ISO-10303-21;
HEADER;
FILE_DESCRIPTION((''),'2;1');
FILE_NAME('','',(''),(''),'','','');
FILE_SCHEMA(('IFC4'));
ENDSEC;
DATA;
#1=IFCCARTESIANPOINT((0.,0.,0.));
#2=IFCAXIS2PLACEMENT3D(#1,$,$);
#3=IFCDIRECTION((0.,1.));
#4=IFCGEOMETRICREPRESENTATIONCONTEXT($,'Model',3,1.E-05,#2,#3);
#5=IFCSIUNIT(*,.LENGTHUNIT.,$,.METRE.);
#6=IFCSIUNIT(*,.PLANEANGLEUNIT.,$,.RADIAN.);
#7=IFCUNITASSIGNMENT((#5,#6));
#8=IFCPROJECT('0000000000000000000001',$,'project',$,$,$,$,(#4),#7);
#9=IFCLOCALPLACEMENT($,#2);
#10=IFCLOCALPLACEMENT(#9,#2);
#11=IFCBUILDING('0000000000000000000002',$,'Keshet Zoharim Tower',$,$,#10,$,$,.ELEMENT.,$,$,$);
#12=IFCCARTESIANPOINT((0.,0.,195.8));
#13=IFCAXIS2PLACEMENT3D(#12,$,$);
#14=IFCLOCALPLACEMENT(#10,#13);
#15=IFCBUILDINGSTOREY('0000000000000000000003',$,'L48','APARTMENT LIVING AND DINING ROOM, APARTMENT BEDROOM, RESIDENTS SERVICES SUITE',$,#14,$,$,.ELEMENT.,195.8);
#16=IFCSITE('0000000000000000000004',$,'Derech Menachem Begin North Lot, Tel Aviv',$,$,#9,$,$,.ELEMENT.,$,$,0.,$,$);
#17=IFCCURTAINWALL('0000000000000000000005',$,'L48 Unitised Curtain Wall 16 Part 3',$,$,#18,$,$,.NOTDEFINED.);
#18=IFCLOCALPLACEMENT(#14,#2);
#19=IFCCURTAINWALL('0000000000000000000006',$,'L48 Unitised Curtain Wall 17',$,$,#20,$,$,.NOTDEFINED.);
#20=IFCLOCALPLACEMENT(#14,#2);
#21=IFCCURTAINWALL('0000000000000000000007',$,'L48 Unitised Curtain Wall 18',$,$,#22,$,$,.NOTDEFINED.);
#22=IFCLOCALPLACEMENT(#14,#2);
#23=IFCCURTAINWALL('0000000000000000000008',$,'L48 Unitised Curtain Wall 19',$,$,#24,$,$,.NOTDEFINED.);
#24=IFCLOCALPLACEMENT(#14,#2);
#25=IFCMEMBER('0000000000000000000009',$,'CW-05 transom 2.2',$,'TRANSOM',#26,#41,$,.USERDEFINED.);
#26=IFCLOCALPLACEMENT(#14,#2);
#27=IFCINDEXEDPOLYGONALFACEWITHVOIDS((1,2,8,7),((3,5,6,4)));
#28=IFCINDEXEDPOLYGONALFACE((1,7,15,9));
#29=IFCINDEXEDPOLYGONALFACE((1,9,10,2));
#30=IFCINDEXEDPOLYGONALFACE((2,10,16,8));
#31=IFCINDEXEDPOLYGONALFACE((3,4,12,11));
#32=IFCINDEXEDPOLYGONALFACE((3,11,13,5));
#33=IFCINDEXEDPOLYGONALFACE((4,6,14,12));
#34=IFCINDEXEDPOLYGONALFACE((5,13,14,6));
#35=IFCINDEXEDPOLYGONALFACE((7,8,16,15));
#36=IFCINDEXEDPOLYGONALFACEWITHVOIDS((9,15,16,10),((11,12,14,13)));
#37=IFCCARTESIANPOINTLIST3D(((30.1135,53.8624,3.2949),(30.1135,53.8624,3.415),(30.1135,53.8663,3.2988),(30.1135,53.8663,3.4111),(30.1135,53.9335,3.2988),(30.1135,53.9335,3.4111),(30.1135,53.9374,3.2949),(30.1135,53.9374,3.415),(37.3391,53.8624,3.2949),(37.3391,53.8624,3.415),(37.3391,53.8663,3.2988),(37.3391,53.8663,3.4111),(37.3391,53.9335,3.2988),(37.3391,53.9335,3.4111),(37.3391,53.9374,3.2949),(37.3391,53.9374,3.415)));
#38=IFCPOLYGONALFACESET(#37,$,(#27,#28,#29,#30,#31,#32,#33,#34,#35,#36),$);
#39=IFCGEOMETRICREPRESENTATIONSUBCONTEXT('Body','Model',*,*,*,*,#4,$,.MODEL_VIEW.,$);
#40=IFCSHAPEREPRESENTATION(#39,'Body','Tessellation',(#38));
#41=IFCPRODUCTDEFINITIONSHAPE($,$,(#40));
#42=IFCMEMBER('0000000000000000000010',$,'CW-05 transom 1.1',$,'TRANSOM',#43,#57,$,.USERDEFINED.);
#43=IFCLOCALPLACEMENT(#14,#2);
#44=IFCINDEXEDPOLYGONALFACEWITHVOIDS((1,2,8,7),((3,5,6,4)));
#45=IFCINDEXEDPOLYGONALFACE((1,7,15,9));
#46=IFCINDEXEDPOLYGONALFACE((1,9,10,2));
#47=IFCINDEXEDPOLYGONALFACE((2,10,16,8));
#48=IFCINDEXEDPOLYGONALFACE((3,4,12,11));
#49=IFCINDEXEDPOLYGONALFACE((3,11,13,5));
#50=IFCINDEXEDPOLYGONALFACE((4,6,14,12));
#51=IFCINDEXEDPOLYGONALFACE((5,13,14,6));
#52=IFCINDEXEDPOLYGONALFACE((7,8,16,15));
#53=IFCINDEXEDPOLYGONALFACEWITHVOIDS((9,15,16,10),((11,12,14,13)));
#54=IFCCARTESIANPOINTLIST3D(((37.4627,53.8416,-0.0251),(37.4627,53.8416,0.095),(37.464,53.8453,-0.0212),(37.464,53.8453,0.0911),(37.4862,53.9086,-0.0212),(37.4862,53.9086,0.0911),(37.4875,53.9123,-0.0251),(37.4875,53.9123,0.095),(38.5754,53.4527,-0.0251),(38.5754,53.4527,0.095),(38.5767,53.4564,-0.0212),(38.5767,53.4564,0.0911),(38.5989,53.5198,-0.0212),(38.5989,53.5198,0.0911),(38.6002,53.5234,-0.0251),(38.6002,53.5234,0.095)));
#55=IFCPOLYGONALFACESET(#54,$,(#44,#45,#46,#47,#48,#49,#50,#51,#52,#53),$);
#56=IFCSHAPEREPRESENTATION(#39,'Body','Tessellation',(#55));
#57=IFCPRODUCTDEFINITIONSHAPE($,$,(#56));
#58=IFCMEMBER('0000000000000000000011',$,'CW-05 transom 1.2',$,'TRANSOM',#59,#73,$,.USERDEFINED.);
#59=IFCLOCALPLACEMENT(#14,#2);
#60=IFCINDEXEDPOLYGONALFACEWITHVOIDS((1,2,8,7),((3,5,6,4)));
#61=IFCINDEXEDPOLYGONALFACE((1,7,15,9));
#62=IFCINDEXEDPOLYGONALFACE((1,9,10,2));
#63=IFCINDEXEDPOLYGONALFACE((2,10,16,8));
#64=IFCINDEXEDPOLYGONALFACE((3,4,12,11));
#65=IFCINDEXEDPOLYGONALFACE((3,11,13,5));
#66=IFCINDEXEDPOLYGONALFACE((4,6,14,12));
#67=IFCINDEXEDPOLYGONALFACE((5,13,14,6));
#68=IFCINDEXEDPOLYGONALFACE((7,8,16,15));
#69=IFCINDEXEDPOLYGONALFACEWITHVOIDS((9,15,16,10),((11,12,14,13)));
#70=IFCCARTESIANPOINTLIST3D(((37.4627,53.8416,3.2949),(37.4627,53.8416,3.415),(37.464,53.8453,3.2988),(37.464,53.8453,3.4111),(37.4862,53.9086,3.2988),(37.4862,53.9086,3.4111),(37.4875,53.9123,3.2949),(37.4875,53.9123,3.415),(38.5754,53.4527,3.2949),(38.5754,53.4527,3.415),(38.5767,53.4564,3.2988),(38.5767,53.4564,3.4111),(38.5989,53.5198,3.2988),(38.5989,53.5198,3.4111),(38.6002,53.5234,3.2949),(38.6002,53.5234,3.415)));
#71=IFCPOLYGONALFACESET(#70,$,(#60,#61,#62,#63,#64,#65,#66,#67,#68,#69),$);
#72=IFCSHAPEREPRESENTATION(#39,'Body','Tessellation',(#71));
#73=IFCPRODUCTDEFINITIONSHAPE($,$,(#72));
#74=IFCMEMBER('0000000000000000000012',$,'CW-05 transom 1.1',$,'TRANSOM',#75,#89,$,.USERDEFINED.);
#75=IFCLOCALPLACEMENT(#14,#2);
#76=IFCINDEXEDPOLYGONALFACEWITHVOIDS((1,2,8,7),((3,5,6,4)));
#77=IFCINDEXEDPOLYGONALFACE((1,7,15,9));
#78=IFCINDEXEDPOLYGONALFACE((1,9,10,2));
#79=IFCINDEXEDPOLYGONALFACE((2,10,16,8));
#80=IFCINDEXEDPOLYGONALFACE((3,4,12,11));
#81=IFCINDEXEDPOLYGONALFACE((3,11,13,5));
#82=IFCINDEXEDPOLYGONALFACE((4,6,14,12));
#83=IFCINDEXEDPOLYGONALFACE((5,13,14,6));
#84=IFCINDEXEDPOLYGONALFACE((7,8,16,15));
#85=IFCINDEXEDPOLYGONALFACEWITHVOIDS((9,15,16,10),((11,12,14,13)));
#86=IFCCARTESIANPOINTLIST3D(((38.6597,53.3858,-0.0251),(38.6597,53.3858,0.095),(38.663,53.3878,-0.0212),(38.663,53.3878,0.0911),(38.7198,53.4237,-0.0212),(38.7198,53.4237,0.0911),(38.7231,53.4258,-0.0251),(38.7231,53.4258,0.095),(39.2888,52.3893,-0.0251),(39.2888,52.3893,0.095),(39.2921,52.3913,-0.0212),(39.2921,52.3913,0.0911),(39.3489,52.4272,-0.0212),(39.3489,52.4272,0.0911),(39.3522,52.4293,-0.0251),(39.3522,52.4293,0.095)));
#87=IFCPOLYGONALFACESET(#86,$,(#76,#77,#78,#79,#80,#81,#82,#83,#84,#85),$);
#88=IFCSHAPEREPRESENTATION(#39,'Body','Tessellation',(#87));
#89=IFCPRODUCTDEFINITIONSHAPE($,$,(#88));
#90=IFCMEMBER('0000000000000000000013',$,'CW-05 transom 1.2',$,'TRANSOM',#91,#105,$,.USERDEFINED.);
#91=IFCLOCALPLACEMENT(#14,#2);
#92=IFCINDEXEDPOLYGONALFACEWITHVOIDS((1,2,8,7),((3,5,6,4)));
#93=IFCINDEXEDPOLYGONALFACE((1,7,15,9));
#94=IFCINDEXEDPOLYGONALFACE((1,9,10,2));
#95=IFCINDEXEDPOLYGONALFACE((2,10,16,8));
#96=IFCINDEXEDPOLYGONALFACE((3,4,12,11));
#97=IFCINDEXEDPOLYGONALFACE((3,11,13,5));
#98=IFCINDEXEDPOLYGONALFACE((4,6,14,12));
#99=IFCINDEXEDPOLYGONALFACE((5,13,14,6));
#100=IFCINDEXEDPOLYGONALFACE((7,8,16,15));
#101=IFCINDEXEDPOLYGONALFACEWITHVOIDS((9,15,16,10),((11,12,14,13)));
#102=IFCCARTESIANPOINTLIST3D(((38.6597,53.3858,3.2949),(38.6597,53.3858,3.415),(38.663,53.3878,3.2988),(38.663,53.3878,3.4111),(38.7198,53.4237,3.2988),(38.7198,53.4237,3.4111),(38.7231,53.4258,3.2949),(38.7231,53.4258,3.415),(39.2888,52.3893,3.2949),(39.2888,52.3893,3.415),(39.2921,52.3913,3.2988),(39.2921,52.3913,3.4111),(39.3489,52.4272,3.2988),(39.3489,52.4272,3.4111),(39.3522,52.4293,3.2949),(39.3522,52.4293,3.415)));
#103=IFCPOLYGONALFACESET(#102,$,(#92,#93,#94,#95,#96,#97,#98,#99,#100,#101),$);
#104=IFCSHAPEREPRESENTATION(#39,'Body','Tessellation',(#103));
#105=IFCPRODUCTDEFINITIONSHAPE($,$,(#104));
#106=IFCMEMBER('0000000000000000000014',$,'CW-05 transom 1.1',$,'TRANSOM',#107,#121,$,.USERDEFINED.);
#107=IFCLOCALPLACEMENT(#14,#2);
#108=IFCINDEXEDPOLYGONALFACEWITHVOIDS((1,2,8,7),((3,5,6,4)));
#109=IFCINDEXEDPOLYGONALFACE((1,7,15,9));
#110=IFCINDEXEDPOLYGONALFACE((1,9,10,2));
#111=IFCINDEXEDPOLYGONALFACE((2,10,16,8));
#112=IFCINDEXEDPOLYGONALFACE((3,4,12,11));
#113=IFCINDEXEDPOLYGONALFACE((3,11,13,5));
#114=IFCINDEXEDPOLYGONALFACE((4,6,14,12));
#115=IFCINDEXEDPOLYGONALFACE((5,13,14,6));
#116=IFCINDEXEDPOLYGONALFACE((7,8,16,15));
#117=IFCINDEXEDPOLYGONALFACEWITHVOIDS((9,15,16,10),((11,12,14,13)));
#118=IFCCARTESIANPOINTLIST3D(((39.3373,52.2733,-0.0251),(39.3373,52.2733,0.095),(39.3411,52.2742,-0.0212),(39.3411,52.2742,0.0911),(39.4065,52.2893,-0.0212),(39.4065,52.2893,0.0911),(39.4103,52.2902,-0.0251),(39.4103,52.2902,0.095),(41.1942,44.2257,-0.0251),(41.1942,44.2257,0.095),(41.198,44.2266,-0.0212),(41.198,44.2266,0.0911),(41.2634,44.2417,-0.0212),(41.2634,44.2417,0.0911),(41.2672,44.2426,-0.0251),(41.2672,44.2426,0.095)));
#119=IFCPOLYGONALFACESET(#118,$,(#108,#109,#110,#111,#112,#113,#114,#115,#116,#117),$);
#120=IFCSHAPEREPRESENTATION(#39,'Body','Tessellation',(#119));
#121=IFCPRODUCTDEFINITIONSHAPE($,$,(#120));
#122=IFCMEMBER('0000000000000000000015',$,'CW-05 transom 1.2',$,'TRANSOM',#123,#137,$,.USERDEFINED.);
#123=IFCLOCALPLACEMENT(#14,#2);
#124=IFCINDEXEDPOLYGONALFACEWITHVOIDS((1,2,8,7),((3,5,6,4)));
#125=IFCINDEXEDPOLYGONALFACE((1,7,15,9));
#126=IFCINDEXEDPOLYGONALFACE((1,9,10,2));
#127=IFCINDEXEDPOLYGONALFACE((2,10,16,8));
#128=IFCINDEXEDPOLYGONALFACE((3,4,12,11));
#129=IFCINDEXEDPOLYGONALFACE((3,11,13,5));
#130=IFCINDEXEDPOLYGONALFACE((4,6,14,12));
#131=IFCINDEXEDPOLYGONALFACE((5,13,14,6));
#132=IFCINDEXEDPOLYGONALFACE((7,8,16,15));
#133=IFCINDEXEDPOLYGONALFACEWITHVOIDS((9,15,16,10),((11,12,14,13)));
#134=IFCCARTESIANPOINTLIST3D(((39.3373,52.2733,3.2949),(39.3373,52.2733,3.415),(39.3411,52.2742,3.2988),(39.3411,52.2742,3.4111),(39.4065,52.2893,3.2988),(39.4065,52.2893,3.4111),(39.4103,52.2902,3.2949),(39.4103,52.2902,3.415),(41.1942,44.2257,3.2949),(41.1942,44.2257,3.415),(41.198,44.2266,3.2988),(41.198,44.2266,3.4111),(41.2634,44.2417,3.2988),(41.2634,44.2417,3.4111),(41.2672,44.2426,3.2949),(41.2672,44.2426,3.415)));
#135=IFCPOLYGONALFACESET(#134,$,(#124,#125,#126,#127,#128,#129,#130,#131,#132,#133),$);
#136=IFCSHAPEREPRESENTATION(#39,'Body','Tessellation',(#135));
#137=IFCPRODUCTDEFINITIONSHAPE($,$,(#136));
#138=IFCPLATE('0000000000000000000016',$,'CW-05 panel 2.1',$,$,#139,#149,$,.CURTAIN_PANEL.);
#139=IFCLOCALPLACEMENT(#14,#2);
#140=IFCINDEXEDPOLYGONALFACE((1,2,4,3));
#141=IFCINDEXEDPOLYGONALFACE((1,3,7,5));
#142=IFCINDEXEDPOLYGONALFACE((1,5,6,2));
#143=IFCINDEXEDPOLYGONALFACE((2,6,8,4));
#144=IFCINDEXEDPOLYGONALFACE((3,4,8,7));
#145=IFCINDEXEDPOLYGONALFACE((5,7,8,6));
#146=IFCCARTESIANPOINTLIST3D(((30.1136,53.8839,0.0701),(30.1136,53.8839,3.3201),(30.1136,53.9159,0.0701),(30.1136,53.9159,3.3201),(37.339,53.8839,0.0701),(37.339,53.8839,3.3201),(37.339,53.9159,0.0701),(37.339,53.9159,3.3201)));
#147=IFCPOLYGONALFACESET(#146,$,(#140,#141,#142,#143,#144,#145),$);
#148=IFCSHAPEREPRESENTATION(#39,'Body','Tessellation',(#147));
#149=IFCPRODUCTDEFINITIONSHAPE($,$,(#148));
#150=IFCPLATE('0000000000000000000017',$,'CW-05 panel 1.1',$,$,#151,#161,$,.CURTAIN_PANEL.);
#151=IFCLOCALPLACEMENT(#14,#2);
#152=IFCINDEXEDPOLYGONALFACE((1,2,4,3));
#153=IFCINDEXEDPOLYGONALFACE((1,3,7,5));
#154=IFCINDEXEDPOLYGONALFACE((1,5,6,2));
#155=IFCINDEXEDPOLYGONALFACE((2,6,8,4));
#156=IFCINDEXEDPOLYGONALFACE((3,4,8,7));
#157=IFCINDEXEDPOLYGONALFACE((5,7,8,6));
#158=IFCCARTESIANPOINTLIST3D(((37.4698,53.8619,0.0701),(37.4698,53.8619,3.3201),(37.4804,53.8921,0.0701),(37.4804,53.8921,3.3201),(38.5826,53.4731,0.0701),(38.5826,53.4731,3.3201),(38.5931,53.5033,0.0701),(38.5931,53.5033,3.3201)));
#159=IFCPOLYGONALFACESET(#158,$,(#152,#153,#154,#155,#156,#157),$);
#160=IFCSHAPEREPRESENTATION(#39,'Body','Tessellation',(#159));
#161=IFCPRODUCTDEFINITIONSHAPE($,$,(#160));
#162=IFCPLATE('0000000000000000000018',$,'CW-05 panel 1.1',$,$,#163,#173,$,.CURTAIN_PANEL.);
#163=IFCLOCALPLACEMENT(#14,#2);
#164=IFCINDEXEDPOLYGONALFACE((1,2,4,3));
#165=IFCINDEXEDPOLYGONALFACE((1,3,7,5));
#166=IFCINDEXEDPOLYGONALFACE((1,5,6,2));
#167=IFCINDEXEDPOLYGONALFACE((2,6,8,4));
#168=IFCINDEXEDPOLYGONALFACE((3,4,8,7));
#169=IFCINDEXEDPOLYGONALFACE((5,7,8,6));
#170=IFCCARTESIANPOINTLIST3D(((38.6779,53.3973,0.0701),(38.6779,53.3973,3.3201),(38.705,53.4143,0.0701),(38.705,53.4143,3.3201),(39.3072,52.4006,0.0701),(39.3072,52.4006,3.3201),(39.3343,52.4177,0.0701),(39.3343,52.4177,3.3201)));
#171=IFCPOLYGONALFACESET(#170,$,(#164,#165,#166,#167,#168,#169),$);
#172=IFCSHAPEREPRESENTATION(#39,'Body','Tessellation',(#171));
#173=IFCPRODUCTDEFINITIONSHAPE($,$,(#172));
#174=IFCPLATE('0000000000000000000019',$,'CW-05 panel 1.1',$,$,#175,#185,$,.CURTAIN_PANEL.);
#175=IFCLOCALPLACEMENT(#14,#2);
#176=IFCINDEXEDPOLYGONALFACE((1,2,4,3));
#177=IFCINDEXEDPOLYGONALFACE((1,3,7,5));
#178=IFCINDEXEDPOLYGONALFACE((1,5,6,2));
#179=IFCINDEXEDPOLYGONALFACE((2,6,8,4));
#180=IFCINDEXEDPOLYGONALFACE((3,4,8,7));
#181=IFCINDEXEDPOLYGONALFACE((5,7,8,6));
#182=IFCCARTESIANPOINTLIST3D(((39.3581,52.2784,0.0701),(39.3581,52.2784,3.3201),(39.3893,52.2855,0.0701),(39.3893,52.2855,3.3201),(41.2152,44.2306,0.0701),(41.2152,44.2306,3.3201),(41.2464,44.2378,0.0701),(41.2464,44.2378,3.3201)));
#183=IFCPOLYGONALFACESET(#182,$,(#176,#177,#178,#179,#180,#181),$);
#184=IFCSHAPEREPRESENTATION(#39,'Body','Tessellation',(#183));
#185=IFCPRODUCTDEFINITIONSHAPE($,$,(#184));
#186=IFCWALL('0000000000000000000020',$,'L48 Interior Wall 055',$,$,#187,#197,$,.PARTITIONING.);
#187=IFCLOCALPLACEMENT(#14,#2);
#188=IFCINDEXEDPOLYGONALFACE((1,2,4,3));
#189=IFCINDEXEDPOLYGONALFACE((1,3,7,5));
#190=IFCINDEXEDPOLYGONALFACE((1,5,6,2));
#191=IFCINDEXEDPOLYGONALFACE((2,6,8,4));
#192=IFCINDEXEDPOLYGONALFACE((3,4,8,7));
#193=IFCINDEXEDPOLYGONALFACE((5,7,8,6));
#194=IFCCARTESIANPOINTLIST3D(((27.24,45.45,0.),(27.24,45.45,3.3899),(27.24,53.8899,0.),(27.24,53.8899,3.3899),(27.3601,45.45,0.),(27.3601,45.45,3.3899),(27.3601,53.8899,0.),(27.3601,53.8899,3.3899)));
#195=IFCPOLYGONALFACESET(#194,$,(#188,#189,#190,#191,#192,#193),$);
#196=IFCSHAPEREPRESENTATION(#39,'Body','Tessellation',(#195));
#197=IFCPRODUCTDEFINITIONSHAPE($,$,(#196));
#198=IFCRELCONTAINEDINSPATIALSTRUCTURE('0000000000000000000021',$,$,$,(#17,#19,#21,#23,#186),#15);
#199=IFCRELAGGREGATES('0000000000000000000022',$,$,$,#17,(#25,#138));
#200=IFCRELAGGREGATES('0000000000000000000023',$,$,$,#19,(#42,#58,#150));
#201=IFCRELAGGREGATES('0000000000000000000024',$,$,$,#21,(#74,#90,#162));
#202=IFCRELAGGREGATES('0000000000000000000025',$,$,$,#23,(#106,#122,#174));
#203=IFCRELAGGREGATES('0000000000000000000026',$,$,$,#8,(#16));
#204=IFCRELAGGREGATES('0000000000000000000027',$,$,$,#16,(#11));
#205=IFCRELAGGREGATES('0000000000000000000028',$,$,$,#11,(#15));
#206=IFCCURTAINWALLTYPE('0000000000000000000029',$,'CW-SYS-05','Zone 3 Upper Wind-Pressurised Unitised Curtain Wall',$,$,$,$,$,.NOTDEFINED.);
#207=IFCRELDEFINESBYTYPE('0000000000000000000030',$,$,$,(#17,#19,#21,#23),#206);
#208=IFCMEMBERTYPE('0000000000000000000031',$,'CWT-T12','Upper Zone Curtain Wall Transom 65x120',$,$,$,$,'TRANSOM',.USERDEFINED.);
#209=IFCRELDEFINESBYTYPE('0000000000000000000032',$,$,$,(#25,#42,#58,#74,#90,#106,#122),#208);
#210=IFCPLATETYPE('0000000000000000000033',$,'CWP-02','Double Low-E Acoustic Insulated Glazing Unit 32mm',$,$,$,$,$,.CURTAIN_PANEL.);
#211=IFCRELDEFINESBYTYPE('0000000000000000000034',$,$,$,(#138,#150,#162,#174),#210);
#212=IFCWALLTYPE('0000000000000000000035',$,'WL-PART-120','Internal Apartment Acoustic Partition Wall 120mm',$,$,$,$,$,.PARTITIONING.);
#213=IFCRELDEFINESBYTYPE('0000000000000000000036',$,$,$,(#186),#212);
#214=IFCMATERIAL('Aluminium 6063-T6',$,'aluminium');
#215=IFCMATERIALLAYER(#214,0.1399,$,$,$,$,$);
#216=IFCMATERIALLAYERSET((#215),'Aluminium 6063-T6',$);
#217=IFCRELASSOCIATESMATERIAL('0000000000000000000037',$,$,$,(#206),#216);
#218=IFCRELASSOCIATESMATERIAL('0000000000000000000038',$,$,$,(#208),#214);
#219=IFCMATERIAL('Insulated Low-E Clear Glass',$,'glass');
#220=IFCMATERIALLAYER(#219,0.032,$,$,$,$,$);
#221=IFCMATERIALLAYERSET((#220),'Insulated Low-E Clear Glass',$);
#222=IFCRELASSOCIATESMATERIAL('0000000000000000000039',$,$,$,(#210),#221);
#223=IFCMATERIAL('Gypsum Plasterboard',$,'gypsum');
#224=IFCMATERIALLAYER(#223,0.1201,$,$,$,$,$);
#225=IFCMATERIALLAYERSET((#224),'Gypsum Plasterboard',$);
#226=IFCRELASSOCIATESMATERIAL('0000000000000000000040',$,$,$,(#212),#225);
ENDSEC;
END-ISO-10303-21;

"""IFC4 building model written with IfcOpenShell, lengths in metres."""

from ifc_helpers import new_model, si_unit, direction, frame, frame_2d, origin, origin_2d, place, context, subcontext, project, spatial, rectangle, hollow_rectangle, extrude, material, layer, layer_set, material_profile, profile_set, type_object, element, aggregate, save


model = new_model("IFC4")

# Units and contexts
model_context = context("Model", 3, precision=1e-05, world=origin(), true_north=direction((0.0, 1.0)))
body_context = subcontext(model_context, "Body", "Model", "MODEL_VIEW")
ifc_project = project(units=[si_unit("LENGTHUNIT", "METRE"), si_unit("PLANEANGLEUNIT", "RADIAN")], contexts=[model_context])

# Site, building, storey
site_placement = place(None, origin())
site = spatial("IfcSite", under=ifc_project, at=site_placement, Name="Derech Menachem Begin North Lot, Tel Aviv", CompositionType="ELEMENT", RefElevation=0.0)
building_placement = place(site_placement, origin())
building = spatial("IfcBuilding", under=site, at=building_placement, Name="Keshet Zoharim Tower", CompositionType="ELEMENT")
storey_placement = place(building_placement, frame((0.0, 0.0, 195.8)))
storey = spatial("IfcBuildingStorey", under=building, at=storey_placement, Name="L48", Description="APARTMENT LIVING AND DINING ROOM, APARTMENT BEDROOM, RESIDENTS SERVICES SUITE", CompositionType="ELEMENT", Elevation=195.8)

# Curtain walls
ifc_material_1 = material(Name="Aluminium 6063-T6", Category="aluminium")
ifc_layer_1 = layer(ifc_material_1, 0.1399)
ifc_layer_set_1 = layer_set([ifc_layer_1], Name="Aluminium 6063-T6")
curtain_wall_type = type_object("IfcCurtainWallType", Name="CW-SYS-05", Description="Zone 3 Upper Wind-Pressurised Unitised Curtain Wall", PredefinedType="NOTDEFINED", material=ifc_layer_set_1)
curtain_wall_1_placement = place(storey_placement, origin())
curtain_wall_1 = element("IfcCurtainWall", 1, at=curtain_wall_1_placement, inside=storey, type_object=curtain_wall_type, Name="L48 Unitised Curtain Wall 16 Part 3", PredefinedType="NOTDEFINED")
curtain_wall_2_placement = place(storey_placement, origin())
curtain_wall_2 = element("IfcCurtainWall", 2, at=curtain_wall_2_placement, inside=storey, type_object=curtain_wall_type, Name="L48 Unitised Curtain Wall 17", PredefinedType="NOTDEFINED")
curtain_wall_3_placement = place(storey_placement, origin())
curtain_wall_3 = element("IfcCurtainWall", 3, at=curtain_wall_3_placement, inside=storey, type_object=curtain_wall_type, Name="L48 Unitised Curtain Wall 18", PredefinedType="NOTDEFINED")

# Curtain wall
curtain_wall_4_placement = place(storey_placement, origin())
curtain_wall_4 = element("IfcCurtainWall", 4, at=curtain_wall_4_placement, inside=storey, type_object=curtain_wall_type, Name="L48 Unitised Curtain Wall 19", PredefinedType="NOTDEFINED")

# Members
ifc_material_profile_1 = material_profile(ifc_material_1, hollow_rectangle(XDim=0.075, YDim=0.1201, WallThickness=0.0039, at=origin_2d()), Name="TRN-75x120")
ifc_profile_set_1 = profile_set([ifc_material_profile_1], Name="Aluminium 6063-T6")
member_type_1 = type_object("IfcMemberType", Name="CWT-T12", Description="Upper Zone Curtain Wall Transom 65x120", ElementType="TRANSOM", PredefinedType="USERDEFINED", material=ifc_profile_set_1)
member_1_placement = place(storey_placement, frame((30.1135, 53.8999, 3.355), z_axis=(1.0, 0.0, 0.0), x_axis=(0.0, 1.0, 0.0)))
member_1 = element("IfcMember", 5, at=member_1_placement, type_object=member_type_1, Name="CW-05 transom 2.2", ObjectType="TRANSOM", PredefinedType="USERDEFINED", context=body_context, shape_type="SweptSolid", body=[
    extrude(hollow_rectangle(XDim=0.075, YDim=0.1201, WallThickness=0.0039, at=origin_2d()), origin(), (0.0, 0.0, 1.0), 7.2256),
])
member_2_placement = place(storey_placement, frame((37.4751, 53.877, 0.0349), z_axis=(0.944007, -0.329926, 0.0), x_axis=(0.329926, 0.944007, 0.0)))
member_2 = element("IfcMember", 6, at=member_2_placement, type_object=member_type_1, Name="CW-05 transom 1.1", ObjectType="TRANSOM", PredefinedType="USERDEFINED", context=body_context, shape_type="SweptSolid", body=[
    extrude(hollow_rectangle(XDim=0.075, YDim=0.1201, WallThickness=0.0039, at=origin_2d()), origin(), (0.0, 0.0, 1.0), 1.1787),
])
member_3_placement = place(storey_placement, frame((37.4751, 53.877, 3.355), z_axis=(0.944007, -0.329926, 0.0), x_axis=(0.329926, 0.944007, 0.0)))
member_3 = element("IfcMember", 7, at=member_3_placement, type_object=member_type_1, Name="CW-05 transom 1.2", ObjectType="TRANSOM", PredefinedType="USERDEFINED", context=body_context, shape_type="SweptSolid", body=[
    extrude(hollow_rectangle(XDim=0.075, YDim=0.1201, WallThickness=0.0039, at=origin_2d()), origin(), (0.0, 0.0, 1.0), 1.1787),
])
member_4_placement = place(storey_placement, frame((38.6914, 53.4058, 0.0349), z_axis=(0.533829, -0.845592, 0.0), x_axis=(0.845592, 0.533829, 0.0)))
member_4 = element("IfcMember", 8, at=member_4_placement, type_object=member_type_1, Name="CW-05 transom 1.1", ObjectType="TRANSOM", PredefinedType="USERDEFINED", context=body_context, shape_type="SweptSolid", body=[
    extrude(hollow_rectangle(XDim=0.075, YDim=0.1201, WallThickness=0.0039, at=origin_2d()), origin(), (0.0, 0.0, 1.0), 1.1785),
])
member_5_placement = place(storey_placement, frame((38.6914, 53.4058, 3.355), z_axis=(0.533829, -0.845592, 0.0), x_axis=(0.845592, 0.533829, 0.0)))
member_5 = element("IfcMember", 9, at=member_5_placement, type_object=member_type_1, Name="CW-05 transom 1.2", ObjectType="TRANSOM", PredefinedType="USERDEFINED", context=body_context, shape_type="SweptSolid", body=[
    extrude(hollow_rectangle(XDim=0.075, YDim=0.1201, WallThickness=0.0039, at=origin_2d()), origin(), (0.0, 0.0, 1.0), 1.1785),
])
member_6_placement = place(storey_placement, frame((39.3738, 52.2817, 0.0349), z_axis=(0.224836, -0.974397, 0.0), x_axis=(0.974397, 0.224836, 0.0)))
member_6 = element("IfcMember", 10, at=member_6_placement, type_object=member_type_1, Name="CW-05 transom 1.1", ObjectType="TRANSOM", PredefinedType="USERDEFINED", context=body_context, shape_type="SweptSolid", body=[
    extrude(hollow_rectangle(XDim=0.075, YDim=0.1201, WallThickness=0.0039, at=origin_2d()), origin(), (0.0, 0.0, 1.0), 8.259),
])
member_7_placement = place(storey_placement, frame((39.3738, 52.2817, 3.355), z_axis=(0.224836, -0.974397, 0.0), x_axis=(0.974397, 0.224836, 0.0)))
member_7 = element("IfcMember", 11, at=member_7_placement, type_object=member_type_1, Name="CW-05 transom 1.2", ObjectType="TRANSOM", PredefinedType="USERDEFINED", context=body_context, shape_type="SweptSolid", body=[
    extrude(hollow_rectangle(XDim=0.075, YDim=0.1201, WallThickness=0.0039, at=origin_2d()), origin(), (0.0, 0.0, 1.0), 8.259),
])

# Plates
ifc_material_2 = material(Name="Insulated Low-E Clear Glass", Category="glass")
ifc_layer_2 = layer(ifc_material_2, 0.032)
ifc_layer_set_2 = layer_set([ifc_layer_2], Name="Insulated Low-E Clear Glass")
plate_type = type_object("IfcPlateType", Name="CWP-02", Description="Double Low-E Acoustic Insulated Glazing Unit 32mm", PredefinedType="CURTAIN_PANEL", material=ifc_layer_set_2)
plate_1_placement = place(storey_placement, frame((33.7263, 53.8999, 0.0701), z_axis=(0.0, 0.0, 1.0), x_axis=(1.0, 0.0, 0.0)))
plate_1 = element("IfcPlate", 12, at=plate_1_placement, type_object=plate_type, Name="CW-05 panel 2.1", PredefinedType="CURTAIN_PANEL", context=body_context, shape_type="SweptSolid", body=[
    extrude(rectangle(XDim=7.2253, YDim=0.032, at=origin_2d()), origin(), (0.0, 0.0, 1.0), 3.25),
])
aggregate(curtain_wall_1, [member_1, plate_1])
plate_2_placement = place(storey_placement, frame((38.0315, 53.6826, 0.0701), z_axis=(0.0, 0.0, 1.0), x_axis=(0.944036, -0.329844, 0.0)))
plate_2 = element("IfcPlate", 13, at=plate_2_placement, type_object=plate_type, Name="CW-05 panel 1.1", PredefinedType="CURTAIN_PANEL", context=body_context, shape_type="SweptSolid", body=[
    extrude(rectangle(XDim=1.1787, YDim=0.032, at=origin_2d()), origin(), (0.0, 0.0, 1.0), 3.25),
])
aggregate(curtain_wall_2, [member_2, member_3, plate_2])
plate_3_placement = place(storey_placement, frame((39.0061, 52.9075, 0.0701), z_axis=(0.0, 0.0, 1.0), x_axis=(0.533879, -0.845561, 0.0)))
plate_3 = element("IfcPlate", 14, at=plate_3_placement, type_object=plate_type, Name="CW-05 panel 1.1", PredefinedType="CURTAIN_PANEL", context=body_context, shape_type="SweptSolid", body=[
    extrude(rectangle(XDim=1.1787, YDim=0.032, at=origin_2d()), origin(), (0.0, 0.0, 1.0), 3.25),
])
aggregate(curtain_wall_3, [member_4, member_5, plate_3])
plate_4_placement = place(storey_placement, frame((40.3022, 48.2581, 0.0701), z_axis=(0.0, 0.0, 1.0), x_axis=(0.224848, -0.974394, 0.0)))
plate_4 = element("IfcPlate", 15, at=plate_4_placement, type_object=plate_type, Name="CW-05 panel 1.1", PredefinedType="CURTAIN_PANEL", context=body_context, shape_type="SweptSolid", body=[
    extrude(rectangle(XDim=8.2593, YDim=0.032, at=origin_2d()), origin(), (0.0, 0.0, 1.0), 3.25),
])
aggregate(curtain_wall_4, [member_6, member_7, plate_4])

# Wall
ifc_material_3 = material(Name="Gypsum Plasterboard", Category="gypsum")
ifc_layer_3 = layer(ifc_material_3, 0.1201)
ifc_layer_set_3 = layer_set([ifc_layer_3], Name="Gypsum Plasterboard")
wall_type = type_object("IfcWallType", Name="WL-PART-120", Description="Internal Apartment Acoustic Partition Wall 120mm", PredefinedType="PARTITIONING", material=ifc_layer_set_3)
for number, where, z_axis, x_axis, name in (
    (16, (27.3, 45.45, 0.0), (0.0, 0.0, 1.0), (0.0, 1.0, 0.0), "L48 Interior Wall 055"),
):
    element("IfcWall", number, at=place(storey_placement, frame(where, z_axis=z_axis, x_axis=x_axis)), inside=storey, type_object=wall_type, Name=name, PredefinedType="PARTITIONING", context=body_context, shape_type="SweptSolid", body=[
        extrude(rectangle(XDim=8.4399, YDim=0.1201, at=frame_2d((4.22, 0.0))), origin(), (0.0, 0.0, 1.0), 3.3899),
    ])

save(model, "model.ifc")
